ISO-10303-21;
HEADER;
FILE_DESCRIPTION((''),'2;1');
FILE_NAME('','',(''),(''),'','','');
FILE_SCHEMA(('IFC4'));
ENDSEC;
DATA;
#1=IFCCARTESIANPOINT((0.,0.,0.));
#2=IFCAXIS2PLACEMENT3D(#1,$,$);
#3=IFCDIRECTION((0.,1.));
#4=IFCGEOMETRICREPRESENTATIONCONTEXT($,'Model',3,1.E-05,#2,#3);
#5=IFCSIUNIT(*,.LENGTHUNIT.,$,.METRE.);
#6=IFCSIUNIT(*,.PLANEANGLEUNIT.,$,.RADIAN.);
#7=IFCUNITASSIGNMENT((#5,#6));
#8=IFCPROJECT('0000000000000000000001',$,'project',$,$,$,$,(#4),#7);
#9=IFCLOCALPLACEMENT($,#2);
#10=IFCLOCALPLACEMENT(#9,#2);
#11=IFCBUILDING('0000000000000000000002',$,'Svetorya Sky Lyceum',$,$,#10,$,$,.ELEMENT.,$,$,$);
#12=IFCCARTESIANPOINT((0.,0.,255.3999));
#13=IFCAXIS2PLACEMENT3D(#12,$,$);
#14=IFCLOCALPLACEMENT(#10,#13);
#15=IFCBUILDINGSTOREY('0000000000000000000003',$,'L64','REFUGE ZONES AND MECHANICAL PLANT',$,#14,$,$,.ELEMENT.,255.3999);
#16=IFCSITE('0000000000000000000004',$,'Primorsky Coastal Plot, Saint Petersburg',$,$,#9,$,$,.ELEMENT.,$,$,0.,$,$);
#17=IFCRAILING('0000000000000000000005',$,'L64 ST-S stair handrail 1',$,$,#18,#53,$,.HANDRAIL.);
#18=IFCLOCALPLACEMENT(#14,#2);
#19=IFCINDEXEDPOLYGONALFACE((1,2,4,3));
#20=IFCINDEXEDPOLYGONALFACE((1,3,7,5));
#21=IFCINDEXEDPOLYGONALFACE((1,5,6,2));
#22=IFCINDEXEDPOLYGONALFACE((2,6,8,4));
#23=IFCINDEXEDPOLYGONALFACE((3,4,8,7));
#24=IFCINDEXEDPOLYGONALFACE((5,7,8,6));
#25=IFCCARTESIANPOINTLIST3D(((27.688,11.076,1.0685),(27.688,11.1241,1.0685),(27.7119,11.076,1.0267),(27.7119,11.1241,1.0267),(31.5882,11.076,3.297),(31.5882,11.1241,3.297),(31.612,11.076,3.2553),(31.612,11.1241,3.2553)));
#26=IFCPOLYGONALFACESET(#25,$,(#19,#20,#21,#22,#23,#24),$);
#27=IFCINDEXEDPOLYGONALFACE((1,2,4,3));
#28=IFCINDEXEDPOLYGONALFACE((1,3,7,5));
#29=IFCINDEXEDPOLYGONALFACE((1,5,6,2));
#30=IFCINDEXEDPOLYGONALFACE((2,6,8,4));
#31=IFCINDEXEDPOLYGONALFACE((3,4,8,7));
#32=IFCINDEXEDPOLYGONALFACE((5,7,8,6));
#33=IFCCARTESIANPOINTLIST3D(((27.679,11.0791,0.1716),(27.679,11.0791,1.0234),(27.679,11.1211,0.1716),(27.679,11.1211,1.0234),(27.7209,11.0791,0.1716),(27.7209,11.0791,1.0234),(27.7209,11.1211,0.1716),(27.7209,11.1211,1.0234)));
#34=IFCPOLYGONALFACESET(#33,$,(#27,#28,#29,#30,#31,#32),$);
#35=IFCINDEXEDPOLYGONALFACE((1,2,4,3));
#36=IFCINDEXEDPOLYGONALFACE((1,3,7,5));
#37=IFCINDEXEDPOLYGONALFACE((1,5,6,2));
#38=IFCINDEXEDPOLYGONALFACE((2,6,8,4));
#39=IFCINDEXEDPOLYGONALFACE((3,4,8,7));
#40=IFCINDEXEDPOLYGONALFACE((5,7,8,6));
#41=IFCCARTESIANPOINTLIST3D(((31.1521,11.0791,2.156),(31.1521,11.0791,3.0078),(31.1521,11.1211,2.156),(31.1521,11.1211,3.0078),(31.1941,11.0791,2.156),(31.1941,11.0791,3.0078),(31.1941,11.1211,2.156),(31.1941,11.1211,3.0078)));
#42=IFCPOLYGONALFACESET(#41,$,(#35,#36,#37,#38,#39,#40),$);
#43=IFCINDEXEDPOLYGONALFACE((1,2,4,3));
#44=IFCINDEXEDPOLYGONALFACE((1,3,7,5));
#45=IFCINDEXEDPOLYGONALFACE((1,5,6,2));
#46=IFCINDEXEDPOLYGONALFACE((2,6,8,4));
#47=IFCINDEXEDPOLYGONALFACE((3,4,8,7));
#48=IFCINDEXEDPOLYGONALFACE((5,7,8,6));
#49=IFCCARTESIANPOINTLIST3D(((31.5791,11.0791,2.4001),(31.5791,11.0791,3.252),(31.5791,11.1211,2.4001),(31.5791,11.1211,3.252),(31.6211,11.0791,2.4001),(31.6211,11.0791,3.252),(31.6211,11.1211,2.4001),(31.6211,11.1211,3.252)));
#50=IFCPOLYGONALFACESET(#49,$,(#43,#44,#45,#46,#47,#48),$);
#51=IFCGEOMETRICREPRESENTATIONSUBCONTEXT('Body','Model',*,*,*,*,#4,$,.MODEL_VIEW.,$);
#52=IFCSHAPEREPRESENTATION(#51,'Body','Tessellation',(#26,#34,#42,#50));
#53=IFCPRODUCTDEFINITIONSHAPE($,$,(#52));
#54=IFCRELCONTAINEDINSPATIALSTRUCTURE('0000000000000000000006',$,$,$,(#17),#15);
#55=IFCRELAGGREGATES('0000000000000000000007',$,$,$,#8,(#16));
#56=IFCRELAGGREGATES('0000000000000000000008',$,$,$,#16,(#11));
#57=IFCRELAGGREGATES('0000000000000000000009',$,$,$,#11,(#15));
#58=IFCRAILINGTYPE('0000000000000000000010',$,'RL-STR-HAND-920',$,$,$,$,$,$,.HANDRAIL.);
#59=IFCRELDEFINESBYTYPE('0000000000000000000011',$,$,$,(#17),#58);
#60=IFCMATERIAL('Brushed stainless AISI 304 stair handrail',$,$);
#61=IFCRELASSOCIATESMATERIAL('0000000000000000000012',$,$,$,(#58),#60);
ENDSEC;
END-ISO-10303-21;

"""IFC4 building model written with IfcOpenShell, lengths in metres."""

from ifc_helpers import new_model, si_unit, direction, frame, origin, origin_2d, place, context, subcontext, project, spatial, rectangle, extrude, material, type_object, element, save


model = new_model("IFC4")

# Units and contexts
model_context = context("Model", 3, precision=1e-05, world=origin(), true_north=direction((0.0, 1.0)))
body_context = subcontext(model_context, "Body", "Model", "MODEL_VIEW")
ifc_project = project(units=[si_unit("LENGTHUNIT", "METRE"), si_unit("PLANEANGLEUNIT", "RADIAN")], contexts=[model_context])

# Site, building, storey
site_placement = place(None, origin())
site = spatial("IfcSite", under=ifc_project, at=site_placement, Name="Primorsky Coastal Plot, Saint Petersburg", CompositionType="ELEMENT", RefElevation=0.0)
building_placement = place(site_placement, origin())
building = spatial("IfcBuilding", under=site, at=building_placement, Name="Svetorya Sky Lyceum", CompositionType="ELEMENT")
storey_placement = place(building_placement, frame((0.0, 0.0, 255.3999)))
storey = spatial("IfcBuildingStorey", under=building, at=storey_placement, Name="L64", Description="REFUGE ZONES AND MECHANICAL PLANT", CompositionType="ELEMENT", Elevation=255.3999)

# Railing
ifc_material_1 = material(Name="Brushed stainless AISI 304 stair handrail")
railing_type_1 = type_object("IfcRailingType", Name="RL-STR-HAND-920", PredefinedType="HANDRAIL", material=ifc_material_1)
railing_1_placement = place(storey_placement, frame((27.7, 11.1001, 0.1716)))
element("IfcRailing", 1, at=railing_1_placement, inside=storey, type_object=railing_type_1, Name="L64 ST-S stair handrail 1", PredefinedType="HANDRAIL", context=body_context, shape_type="SweptSolid", body=[
    extrude(rectangle(XDim=0.0481, YDim=0.0481, at=origin_2d()), frame((0.0, 0.0, 0.876), z_axis=(0.868257, 0.0, 0.496116), x_axis=(0.0, 1.0, 0.0)), (0.0, 0.0, 1.0), 4.4919),
    extrude(rectangle(XDim=0.042, YDim=0.042, at=origin_2d()), origin(), (0.0, 0.0, 1.0), 0.8518),
    extrude(rectangle(XDim=0.042, YDim=0.042, at=origin_2d()), frame((3.4731, 0.0, 1.9844)), (0.0, 0.0, 1.0), 0.8518),
    extrude(rectangle(XDim=0.042, YDim=0.042, at=origin_2d()), frame((3.9001, 0.0, 2.2285)), (0.0, 0.0, 1.0), 0.8518),
])

save(model, "model.ifc")
